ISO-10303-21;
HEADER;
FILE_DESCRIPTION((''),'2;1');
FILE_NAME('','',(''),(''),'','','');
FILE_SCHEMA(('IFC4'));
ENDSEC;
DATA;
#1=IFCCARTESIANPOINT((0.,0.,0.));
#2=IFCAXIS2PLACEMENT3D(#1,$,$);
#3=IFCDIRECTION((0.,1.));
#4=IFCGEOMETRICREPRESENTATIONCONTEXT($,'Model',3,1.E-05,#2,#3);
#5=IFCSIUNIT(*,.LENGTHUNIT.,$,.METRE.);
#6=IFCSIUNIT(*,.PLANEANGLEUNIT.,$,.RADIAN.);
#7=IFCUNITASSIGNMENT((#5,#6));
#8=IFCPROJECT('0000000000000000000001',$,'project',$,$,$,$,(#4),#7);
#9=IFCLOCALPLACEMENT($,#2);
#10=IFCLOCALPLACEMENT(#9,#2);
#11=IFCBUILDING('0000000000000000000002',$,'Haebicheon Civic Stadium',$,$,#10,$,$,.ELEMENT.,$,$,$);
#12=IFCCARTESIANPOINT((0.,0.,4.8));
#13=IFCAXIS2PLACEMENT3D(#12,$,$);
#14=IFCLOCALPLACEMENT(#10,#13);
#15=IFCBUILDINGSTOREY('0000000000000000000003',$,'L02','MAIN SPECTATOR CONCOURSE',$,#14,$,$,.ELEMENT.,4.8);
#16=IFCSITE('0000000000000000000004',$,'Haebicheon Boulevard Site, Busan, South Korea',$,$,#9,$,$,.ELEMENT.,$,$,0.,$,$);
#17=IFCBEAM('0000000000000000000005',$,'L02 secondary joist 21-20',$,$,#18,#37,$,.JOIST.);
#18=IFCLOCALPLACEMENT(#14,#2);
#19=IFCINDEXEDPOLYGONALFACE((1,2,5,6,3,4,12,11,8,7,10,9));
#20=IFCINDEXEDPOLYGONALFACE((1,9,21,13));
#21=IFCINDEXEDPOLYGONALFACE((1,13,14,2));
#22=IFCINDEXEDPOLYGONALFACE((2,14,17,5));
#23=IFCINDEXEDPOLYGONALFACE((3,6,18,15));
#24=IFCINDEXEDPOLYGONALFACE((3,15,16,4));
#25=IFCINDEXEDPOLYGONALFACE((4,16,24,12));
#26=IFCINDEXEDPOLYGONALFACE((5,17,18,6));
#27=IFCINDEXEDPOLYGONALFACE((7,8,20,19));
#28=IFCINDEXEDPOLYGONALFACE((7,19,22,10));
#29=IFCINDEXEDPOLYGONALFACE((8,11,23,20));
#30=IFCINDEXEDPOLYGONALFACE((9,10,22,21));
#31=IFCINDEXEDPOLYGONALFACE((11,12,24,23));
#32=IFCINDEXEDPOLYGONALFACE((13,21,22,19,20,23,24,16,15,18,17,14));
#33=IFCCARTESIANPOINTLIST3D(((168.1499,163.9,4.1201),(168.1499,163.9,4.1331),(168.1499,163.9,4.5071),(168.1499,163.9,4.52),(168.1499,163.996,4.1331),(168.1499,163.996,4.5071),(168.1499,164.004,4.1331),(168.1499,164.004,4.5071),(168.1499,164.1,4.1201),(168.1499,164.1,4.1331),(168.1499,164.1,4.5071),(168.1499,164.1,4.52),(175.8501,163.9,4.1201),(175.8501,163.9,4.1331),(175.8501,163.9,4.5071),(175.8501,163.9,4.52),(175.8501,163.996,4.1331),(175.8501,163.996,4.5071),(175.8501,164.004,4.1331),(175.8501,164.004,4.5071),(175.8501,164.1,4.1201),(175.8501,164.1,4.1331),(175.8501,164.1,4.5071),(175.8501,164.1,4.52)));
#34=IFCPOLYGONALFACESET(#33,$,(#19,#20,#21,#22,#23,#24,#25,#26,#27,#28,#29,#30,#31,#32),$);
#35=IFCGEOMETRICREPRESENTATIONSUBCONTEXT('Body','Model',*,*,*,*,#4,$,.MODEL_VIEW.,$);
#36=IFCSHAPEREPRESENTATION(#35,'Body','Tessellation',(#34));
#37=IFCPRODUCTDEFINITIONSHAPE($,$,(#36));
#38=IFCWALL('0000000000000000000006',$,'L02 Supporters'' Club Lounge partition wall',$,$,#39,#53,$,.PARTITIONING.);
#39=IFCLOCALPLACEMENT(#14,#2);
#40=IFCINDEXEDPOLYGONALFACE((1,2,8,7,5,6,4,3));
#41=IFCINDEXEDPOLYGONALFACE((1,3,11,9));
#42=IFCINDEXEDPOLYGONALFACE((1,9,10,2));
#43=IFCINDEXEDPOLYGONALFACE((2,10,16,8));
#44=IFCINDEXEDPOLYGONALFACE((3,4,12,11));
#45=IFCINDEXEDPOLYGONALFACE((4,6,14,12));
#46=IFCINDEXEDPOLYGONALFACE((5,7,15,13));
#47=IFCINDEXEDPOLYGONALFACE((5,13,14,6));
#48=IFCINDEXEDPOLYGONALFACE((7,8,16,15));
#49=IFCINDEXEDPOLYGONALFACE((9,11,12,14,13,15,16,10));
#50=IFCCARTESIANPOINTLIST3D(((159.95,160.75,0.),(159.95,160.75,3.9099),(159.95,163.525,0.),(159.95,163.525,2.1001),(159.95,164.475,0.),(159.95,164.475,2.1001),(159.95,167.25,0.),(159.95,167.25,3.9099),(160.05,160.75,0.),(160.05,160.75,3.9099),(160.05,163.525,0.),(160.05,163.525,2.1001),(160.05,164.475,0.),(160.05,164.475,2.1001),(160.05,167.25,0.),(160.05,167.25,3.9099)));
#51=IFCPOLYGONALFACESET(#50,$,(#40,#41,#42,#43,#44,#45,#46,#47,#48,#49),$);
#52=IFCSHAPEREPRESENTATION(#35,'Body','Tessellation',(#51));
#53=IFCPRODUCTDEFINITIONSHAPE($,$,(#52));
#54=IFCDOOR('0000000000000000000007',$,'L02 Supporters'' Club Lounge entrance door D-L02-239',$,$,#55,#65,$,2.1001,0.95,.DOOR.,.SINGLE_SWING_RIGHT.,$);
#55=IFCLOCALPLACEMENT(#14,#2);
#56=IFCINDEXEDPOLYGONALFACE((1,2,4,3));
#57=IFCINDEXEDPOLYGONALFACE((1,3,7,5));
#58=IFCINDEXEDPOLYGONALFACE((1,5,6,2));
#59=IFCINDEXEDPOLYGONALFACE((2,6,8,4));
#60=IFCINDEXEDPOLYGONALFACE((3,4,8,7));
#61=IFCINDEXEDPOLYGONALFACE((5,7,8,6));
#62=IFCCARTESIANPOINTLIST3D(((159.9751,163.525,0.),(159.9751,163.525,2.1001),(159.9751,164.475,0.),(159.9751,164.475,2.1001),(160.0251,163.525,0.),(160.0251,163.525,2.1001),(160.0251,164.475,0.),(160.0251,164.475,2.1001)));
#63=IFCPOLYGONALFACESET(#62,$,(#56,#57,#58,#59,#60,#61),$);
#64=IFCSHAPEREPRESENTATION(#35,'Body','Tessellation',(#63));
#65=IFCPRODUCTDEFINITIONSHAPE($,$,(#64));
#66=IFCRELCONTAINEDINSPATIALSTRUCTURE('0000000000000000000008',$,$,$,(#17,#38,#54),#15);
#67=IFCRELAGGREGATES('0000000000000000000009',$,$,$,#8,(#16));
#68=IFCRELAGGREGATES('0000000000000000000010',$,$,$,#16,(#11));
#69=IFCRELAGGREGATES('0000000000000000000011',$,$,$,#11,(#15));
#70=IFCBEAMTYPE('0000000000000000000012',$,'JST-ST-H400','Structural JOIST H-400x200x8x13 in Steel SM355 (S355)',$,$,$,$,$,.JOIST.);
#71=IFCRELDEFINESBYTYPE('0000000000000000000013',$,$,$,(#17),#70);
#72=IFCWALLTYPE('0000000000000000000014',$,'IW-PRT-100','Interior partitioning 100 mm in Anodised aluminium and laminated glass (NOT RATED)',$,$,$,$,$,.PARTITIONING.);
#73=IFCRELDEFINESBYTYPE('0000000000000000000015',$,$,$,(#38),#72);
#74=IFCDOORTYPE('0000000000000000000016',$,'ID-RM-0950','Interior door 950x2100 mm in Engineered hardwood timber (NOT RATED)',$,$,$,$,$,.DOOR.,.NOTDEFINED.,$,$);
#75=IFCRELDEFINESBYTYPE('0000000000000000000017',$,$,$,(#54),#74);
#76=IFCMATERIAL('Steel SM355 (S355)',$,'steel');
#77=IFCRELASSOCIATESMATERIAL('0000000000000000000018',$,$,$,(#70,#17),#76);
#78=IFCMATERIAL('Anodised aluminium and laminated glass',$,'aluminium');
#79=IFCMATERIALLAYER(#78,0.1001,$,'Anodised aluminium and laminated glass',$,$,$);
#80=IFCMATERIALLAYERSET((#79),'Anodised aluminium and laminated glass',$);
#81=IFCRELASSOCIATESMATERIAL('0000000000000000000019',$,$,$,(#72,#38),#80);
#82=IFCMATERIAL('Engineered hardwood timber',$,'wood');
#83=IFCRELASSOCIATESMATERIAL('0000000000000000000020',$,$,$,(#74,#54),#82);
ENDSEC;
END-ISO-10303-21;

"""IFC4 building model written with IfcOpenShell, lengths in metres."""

from ifc_helpers import new_model, si_unit, direction, frame, frame_2d, origin, origin_2d, place, context, subcontext, project, spatial, rectangle, i_section, extrude, material, layer, layer_set, material_profile, profile_set, type_object, element, fill, save


model = new_model("IFC4")

# Units and contexts
model_context = context("Model", 3, precision=1e-05, world=origin(), true_north=direction((0.0, 1.0)))
body_context = subcontext(model_context, "Body", "Model", "MODEL_VIEW")
ifc_project = project(units=[si_unit("LENGTHUNIT", "METRE"), si_unit("PLANEANGLEUNIT", "RADIAN")], contexts=[model_context])

# Site, building, storey
site_placement = place(None, origin())
site = spatial("IfcSite", under=ifc_project, at=site_placement, Name="Haebicheon Boulevard Site, Busan, South Korea", CompositionType="ELEMENT", RefElevation=0.0)
building_placement = place(site_placement, origin())
building = spatial("IfcBuilding", under=site, at=building_placement, Name="Haebicheon Civic Stadium", CompositionType="ELEMENT")
storey_placement = place(building_placement, frame((0.0, 0.0, 4.8)))
storey = spatial("IfcBuildingStorey", under=building, at=storey_placement, Name="L02", Description="MAIN SPECTATOR CONCOURSE", CompositionType="ELEMENT", Elevation=4.8)

# Beam
ifc_material_1 = material(Name="Steel SM355 (S355)", Category="steel")
ifc_material_profile_1 = material_profile(ifc_material_1, i_section(OverallWidth=0.2, OverallDepth=0.3999, WebThickness=0.0081, FlangeThickness=0.0129, at=origin_2d()), Name="H-400x200x8x13")
ifc_profile_set_1 = profile_set([ifc_material_profile_1], Name="Steel SM355 (S355)")
beam_type_1 = type_object("IfcBeamType", Name="JST-ST-H400", Description="Structural JOIST H-400x200x8x13 in Steel SM355 (S355)", PredefinedType="JOIST", material=ifc_profile_set_1)
for number, where, z_axis, x_axis, name in (
    (1, (168.1499, 164.0, 4.3201), (1.0, 0.0, 0.0), (0.0, 1.0, 0.0), "L02 secondary joist 21-20"),
):
    element("IfcBeam", number, at=place(storey_placement, frame(where, z_axis=z_axis, x_axis=x_axis)), inside=storey, type_object=beam_type_1, material=ifc_profile_set_1, Name=name, PredefinedType="JOIST", context=body_context, shape_type="SweptSolid", body=[
        extrude(i_section(OverallWidth=0.2, OverallDepth=0.3999, WebThickness=0.0081, FlangeThickness=0.0129, at=origin_2d()), origin(), (0.0, 0.0, 1.0), 7.7002),
    ])

# Wall, opening, door
ifc_material_2 = material(Name="Anodised aluminium and laminated glass", Category="aluminium")
ifc_layer = layer(ifc_material_2, 0.1001, Name="Anodised aluminium and laminated glass")
ifc_layer_set = layer_set([ifc_layer], Name="Anodised aluminium and laminated glass")
wall_type = type_object("IfcWallType", Name="IW-PRT-100", Description="Interior partitioning 100 mm in Anodised aluminium and laminated glass (NOT RATED)", PredefinedType="PARTITIONING", material=ifc_layer_set)
wall_placement = place(storey_placement, frame((160.0, 160.75, 0.0), z_axis=(0.0, 0.0, 1.0), x_axis=(0.0, 1.0, 0.0)))
wall = element("IfcWall", 2, at=wall_placement, inside=storey, type_object=wall_type, material=ifc_layer_set, Name="L02 Supporters' Club Lounge partition wall", PredefinedType="PARTITIONING", context=body_context, shape_type="SweptSolid", body=[
    extrude(rectangle(XDim=6.5, YDim=0.1001, at=frame_2d((3.25, 0.0))), origin(), (0.0, 0.0, 1.0), 3.9099),
])
opening_placement = place(wall_placement, frame((2.7749, 0.0, 0.0)))
opening = element("IfcOpeningElement", 3, at=opening_placement, cuts=wall, PredefinedType="OPENING", context=body_context, shape_type="SweptSolid", body=[
    extrude(rectangle(XDim=0.95, YDim=2.1001, at=frame_2d((0.4751, 1.05))), frame((0.0, 0.0601, 0.0), z_axis=(0.0, -1.0, 0.0), x_axis=(1.0, 0.0, 0.0)), (0.0, 0.0, 1.0), 0.1201),
])
ifc_material_3 = material(Name="Engineered hardwood timber", Category="wood")
door_type = type_object("IfcDoorType", Name="ID-RM-0950", Description="Interior door 950x2100 mm in Engineered hardwood timber (NOT RATED)", OperationType="NOTDEFINED", PredefinedType="DOOR", material=ifc_material_3)
door_placement = place(opening_placement, origin())
door = element("IfcDoor", 4, at=door_placement, inside=storey, type_object=door_type, material=ifc_material_3, Name="L02 Supporters' Club Lounge entrance door D-L02-239", OperationType="SINGLE_SWING_RIGHT", OverallHeight=2.1001, OverallWidth=0.95, PredefinedType="DOOR", context=body_context, shape_type="SweptSolid", body=[
    extrude(rectangle(XDim=0.95, YDim=2.1001, at=frame_2d((0.4751, 1.05))), frame((0.0, 0.0249, 0.0), z_axis=(0.0, -1.0, 0.0), x_axis=(1.0, 0.0, 0.0)), (0.0, 0.0, 1.0), 0.05),
])
fill(opening, door)

save(model, "model.ifc")
